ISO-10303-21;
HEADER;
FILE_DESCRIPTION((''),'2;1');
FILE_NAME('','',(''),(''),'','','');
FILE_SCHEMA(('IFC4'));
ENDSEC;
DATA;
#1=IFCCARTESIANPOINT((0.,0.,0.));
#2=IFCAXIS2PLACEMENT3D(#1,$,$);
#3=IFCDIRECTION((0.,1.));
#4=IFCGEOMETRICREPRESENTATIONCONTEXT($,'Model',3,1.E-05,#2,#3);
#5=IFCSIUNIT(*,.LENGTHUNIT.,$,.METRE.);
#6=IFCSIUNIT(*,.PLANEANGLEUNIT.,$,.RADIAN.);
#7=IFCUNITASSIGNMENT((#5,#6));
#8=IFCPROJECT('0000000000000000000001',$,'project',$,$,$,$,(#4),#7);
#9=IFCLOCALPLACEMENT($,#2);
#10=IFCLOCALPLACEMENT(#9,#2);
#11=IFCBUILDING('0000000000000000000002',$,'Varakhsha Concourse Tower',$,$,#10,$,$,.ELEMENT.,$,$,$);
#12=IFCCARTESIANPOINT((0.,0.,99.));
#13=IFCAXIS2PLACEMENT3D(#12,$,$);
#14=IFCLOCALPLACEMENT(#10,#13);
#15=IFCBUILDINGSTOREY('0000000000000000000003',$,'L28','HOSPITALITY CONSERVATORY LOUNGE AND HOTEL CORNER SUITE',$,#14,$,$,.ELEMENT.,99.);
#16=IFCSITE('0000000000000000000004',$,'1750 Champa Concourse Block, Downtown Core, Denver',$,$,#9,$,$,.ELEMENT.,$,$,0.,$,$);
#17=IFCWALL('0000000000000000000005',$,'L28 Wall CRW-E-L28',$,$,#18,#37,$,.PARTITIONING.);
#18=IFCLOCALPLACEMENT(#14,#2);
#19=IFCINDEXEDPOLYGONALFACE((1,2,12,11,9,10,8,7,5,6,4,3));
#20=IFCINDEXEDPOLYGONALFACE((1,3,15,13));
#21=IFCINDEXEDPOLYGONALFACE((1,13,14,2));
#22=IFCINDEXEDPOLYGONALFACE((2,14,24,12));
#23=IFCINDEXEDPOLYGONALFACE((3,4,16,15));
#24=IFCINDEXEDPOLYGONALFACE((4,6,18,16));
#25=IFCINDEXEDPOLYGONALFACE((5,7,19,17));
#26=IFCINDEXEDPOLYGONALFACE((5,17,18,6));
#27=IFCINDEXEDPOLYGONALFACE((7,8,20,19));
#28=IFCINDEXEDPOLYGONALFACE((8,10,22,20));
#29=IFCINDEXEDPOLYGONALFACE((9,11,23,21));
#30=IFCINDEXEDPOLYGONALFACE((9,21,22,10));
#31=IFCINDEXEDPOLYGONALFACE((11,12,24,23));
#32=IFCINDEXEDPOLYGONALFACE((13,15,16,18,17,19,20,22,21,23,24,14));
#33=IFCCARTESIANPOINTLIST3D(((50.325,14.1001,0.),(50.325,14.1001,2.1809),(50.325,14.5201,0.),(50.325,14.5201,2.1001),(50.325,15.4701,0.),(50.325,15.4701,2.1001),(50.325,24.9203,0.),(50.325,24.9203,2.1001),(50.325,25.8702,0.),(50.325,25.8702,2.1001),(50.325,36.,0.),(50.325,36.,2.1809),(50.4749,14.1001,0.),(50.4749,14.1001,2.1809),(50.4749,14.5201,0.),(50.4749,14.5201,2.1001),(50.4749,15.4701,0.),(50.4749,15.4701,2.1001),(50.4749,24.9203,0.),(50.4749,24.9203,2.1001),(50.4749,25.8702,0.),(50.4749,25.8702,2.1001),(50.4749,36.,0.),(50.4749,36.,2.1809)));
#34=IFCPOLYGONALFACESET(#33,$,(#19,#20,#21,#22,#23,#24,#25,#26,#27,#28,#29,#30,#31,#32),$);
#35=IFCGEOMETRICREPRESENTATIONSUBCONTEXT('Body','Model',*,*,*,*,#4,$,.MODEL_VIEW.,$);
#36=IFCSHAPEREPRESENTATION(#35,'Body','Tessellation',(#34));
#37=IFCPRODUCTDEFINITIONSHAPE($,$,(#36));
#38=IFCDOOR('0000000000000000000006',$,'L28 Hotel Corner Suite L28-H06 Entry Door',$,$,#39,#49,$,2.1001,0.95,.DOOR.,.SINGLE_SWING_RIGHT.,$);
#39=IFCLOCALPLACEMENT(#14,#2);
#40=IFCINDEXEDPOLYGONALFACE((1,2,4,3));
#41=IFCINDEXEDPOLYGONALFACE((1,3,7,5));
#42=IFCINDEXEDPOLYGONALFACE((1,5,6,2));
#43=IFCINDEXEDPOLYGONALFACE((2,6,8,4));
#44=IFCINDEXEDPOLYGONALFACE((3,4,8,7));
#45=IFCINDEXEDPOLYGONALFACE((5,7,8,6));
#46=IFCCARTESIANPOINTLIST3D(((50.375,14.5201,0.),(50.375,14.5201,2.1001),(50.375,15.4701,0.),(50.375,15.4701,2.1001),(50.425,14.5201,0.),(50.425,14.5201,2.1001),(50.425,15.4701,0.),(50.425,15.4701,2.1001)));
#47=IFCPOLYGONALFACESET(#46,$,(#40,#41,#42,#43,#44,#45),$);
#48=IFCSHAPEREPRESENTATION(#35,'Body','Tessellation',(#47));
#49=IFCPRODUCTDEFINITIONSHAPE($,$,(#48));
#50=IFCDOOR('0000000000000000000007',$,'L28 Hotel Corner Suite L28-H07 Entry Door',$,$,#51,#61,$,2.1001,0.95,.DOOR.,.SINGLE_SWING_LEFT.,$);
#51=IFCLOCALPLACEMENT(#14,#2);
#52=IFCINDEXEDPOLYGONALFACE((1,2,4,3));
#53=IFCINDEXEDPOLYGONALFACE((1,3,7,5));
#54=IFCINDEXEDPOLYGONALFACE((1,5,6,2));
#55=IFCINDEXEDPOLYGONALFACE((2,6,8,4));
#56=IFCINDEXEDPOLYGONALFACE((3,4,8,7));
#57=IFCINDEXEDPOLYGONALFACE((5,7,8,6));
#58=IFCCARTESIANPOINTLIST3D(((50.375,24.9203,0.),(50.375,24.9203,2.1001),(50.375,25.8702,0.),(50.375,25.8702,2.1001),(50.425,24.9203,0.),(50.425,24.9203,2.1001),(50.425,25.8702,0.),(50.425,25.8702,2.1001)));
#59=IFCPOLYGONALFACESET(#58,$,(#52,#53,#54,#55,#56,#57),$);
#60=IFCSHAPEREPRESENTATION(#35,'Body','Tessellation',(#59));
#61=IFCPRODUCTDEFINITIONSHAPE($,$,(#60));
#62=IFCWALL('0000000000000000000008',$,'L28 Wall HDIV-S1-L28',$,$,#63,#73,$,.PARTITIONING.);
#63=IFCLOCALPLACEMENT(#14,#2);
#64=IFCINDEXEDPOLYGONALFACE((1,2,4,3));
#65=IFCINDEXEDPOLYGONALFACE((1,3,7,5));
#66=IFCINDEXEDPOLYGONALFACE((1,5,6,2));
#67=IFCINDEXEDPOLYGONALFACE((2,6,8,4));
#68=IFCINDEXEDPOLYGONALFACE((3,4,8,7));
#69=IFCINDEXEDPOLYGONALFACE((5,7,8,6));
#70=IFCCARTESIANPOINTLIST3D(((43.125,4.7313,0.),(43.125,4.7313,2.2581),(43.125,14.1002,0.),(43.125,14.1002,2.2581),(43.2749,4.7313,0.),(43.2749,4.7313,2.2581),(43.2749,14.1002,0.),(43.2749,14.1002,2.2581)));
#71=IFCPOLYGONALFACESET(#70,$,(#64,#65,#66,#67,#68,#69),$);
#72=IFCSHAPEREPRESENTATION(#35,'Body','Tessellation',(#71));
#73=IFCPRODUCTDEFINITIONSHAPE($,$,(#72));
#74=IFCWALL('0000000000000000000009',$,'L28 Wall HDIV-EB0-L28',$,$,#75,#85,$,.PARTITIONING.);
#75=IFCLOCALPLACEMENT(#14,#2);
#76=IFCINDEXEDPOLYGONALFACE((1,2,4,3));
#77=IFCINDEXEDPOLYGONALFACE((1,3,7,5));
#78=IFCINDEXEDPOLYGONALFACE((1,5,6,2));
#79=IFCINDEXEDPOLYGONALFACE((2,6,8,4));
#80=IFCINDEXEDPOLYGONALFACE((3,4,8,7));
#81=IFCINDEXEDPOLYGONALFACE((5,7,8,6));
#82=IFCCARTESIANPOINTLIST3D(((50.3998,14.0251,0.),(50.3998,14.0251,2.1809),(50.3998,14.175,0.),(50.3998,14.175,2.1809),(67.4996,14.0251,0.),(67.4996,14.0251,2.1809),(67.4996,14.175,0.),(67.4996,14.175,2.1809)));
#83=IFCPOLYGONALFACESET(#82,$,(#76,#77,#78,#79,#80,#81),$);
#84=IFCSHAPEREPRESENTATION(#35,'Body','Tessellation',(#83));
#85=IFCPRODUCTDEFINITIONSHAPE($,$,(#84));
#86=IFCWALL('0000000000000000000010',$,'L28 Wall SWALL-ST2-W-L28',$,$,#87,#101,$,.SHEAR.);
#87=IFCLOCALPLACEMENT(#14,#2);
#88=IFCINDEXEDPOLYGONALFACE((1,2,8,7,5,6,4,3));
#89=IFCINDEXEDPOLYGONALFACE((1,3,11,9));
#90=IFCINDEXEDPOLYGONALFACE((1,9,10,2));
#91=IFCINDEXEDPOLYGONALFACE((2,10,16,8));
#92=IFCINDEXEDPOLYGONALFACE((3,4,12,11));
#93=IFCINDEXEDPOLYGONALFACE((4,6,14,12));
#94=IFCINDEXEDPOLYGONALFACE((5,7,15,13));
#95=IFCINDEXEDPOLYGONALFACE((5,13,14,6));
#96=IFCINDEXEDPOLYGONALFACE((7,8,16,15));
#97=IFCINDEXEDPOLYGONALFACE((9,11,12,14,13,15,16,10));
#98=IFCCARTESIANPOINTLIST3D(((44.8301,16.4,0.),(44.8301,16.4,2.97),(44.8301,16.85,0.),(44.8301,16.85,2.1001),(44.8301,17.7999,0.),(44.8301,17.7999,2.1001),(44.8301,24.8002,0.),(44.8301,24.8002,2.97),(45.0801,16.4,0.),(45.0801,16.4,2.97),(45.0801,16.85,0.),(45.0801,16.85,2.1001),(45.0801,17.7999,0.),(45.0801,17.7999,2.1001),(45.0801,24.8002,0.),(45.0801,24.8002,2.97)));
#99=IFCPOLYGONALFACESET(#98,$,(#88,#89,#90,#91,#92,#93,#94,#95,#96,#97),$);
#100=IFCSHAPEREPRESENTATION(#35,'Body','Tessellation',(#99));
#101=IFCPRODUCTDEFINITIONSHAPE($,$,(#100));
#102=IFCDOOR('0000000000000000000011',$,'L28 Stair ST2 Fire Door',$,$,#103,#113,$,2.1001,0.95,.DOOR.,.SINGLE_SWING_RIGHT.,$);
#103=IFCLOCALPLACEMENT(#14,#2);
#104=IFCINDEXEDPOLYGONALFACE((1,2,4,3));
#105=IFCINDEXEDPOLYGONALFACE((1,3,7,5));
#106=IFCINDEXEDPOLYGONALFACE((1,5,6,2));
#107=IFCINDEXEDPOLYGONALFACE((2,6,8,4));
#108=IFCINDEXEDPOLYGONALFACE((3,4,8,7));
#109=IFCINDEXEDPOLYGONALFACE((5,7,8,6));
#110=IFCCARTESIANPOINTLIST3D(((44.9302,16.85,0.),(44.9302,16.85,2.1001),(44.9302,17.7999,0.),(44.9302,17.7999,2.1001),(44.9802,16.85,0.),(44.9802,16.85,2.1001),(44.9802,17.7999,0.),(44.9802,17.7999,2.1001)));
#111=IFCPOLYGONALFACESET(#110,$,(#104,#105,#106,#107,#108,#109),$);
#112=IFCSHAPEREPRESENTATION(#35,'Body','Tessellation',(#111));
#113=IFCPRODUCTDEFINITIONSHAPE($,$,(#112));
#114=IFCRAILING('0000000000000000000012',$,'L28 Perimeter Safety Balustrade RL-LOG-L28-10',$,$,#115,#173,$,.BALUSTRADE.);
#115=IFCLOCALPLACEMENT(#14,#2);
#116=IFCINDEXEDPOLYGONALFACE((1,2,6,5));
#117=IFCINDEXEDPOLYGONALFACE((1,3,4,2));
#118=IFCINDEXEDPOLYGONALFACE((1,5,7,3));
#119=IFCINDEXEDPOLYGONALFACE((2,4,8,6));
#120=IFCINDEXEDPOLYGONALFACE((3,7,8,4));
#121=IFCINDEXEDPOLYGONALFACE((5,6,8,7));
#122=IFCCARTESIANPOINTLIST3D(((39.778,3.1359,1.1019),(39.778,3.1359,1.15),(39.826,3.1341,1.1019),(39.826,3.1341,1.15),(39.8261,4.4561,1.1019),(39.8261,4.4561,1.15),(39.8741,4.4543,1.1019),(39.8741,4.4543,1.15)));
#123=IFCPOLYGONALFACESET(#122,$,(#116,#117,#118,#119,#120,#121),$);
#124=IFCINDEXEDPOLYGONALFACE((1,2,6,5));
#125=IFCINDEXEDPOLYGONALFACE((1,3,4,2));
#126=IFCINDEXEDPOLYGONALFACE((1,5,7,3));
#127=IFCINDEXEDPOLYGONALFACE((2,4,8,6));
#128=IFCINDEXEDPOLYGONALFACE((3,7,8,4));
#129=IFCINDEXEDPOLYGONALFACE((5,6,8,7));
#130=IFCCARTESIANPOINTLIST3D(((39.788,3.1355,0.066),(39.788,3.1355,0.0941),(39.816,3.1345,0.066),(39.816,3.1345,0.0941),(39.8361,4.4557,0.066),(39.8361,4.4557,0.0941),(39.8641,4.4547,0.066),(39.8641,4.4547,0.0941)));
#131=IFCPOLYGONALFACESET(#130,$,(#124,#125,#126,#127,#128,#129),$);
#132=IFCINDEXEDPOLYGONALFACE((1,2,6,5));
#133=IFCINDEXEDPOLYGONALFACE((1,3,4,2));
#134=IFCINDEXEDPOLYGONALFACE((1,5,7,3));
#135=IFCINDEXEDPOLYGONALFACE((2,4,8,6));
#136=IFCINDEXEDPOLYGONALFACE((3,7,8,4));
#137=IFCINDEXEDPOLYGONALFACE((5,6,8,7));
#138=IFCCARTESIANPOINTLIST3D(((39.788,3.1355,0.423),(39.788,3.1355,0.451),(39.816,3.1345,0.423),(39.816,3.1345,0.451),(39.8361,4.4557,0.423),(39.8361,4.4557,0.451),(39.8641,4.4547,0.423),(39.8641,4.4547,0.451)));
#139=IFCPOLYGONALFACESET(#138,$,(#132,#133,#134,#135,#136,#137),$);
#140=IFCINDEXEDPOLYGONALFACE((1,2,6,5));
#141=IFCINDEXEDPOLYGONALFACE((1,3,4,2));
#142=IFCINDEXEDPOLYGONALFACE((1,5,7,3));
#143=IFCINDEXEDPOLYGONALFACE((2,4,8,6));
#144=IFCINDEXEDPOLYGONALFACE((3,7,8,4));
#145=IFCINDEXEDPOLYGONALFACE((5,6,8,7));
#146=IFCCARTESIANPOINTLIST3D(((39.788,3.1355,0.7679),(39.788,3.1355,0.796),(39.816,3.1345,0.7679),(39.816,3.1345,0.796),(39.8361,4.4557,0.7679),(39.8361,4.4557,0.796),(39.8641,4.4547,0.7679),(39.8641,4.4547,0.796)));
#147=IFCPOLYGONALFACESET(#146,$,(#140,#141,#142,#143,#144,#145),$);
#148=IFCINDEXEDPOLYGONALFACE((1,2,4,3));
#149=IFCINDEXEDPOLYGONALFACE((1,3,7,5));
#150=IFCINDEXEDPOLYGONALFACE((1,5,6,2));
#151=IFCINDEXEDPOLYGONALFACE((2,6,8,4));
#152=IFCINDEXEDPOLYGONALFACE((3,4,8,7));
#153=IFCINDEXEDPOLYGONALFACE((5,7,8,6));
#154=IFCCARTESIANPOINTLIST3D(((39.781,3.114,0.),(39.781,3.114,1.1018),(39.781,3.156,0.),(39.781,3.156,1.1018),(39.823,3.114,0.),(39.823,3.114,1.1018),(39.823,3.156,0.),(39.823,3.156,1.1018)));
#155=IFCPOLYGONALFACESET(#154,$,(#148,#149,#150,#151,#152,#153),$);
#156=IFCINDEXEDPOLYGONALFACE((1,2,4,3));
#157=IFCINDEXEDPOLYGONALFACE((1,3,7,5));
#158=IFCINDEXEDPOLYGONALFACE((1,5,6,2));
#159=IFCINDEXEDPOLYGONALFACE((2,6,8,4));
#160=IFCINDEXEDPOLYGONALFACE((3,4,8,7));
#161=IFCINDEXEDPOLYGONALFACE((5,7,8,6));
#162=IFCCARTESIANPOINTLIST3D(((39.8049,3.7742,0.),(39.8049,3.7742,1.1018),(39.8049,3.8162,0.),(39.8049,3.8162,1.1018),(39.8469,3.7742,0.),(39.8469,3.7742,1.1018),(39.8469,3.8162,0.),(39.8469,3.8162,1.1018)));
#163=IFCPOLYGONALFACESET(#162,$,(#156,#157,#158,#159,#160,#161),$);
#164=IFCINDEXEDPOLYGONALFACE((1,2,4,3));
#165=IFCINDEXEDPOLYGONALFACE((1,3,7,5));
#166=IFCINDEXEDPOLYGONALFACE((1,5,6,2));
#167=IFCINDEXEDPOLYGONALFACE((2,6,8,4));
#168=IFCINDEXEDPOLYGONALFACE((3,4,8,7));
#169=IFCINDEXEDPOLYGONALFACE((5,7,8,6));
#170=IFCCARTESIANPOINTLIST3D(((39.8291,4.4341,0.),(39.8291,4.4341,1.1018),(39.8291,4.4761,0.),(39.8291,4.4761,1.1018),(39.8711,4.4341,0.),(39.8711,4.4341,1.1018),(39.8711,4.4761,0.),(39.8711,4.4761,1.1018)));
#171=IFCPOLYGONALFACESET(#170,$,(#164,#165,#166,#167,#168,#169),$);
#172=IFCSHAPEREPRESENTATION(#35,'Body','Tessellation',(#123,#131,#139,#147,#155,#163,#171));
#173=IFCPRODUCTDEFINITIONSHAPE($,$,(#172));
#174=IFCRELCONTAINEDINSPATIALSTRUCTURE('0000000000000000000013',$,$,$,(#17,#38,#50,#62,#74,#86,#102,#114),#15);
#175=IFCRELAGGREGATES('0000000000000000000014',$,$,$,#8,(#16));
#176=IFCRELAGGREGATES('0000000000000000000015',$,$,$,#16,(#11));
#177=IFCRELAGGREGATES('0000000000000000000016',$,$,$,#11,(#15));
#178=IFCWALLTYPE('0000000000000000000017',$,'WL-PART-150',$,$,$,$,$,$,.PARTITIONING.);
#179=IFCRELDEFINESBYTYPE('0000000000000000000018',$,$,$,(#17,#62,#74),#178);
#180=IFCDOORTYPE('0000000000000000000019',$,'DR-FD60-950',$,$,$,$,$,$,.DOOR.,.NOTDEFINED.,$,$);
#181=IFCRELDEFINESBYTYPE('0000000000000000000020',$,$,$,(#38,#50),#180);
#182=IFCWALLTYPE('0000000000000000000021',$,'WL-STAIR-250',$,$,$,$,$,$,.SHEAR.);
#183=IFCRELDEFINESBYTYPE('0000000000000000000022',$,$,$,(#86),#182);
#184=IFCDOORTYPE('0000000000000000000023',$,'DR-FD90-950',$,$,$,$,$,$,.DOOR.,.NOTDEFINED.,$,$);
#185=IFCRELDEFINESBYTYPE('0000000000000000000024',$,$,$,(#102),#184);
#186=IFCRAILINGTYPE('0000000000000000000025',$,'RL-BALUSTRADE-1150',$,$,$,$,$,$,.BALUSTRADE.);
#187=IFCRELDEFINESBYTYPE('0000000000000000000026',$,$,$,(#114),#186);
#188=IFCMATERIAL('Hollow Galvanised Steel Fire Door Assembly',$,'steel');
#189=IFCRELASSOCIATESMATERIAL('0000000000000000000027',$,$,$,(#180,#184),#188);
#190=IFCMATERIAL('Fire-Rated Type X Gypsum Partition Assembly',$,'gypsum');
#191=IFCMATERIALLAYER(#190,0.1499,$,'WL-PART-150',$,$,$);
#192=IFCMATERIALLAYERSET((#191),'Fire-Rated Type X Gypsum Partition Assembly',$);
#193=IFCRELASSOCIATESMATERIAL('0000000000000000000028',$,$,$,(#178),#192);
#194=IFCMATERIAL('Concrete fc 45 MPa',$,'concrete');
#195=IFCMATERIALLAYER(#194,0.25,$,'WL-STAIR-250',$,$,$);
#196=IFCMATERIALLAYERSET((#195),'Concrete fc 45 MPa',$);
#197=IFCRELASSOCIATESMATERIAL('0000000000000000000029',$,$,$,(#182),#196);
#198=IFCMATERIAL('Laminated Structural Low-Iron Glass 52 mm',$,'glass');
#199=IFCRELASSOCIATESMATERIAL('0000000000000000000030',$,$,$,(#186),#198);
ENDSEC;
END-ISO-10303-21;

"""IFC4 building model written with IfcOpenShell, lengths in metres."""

from ifc_helpers import new_model, si_unit, direction, frame, frame_2d, origin, origin_2d, place, context, subcontext, project, spatial, rectangle, extrude, material, layer, layer_set, type_object, element, fill, save


model = new_model("IFC4")

# Units and contexts
model_context = context("Model", 3, precision=1e-05, world=origin(), true_north=direction((0.0, 1.0)))
body_context = subcontext(model_context, "Body", "Model", "MODEL_VIEW")
ifc_project = project(units=[si_unit("LENGTHUNIT", "METRE"), si_unit("PLANEANGLEUNIT", "RADIAN")], contexts=[model_context])

# Site, building, storey
site_placement = place(None, origin())
site = spatial("IfcSite", under=ifc_project, at=site_placement, Name="1750 Champa Concourse Block, Downtown Core, Denver", CompositionType="ELEMENT", RefElevation=0.0)
building_placement = place(site_placement, origin())
building = spatial("IfcBuilding", under=site, at=building_placement, Name="Varakhsha Concourse Tower", CompositionType="ELEMENT")
storey_placement = place(building_placement, frame((0.0, 0.0, 99.0)))
storey = spatial("IfcBuildingStorey", under=building, at=storey_placement, Name="L28", Description="HOSPITALITY CONSERVATORY LOUNGE AND HOTEL CORNER SUITE", CompositionType="ELEMENT", Elevation=99.0)

# Shared definitions
ifc_material_1 = material(Name="Concrete fc 45 MPa", Category="concrete")

# Shared definitions
ifc_material_2 = material(Name="Fire-Rated Type X Gypsum Partition Assembly", Category="gypsum")
ifc_material_3 = material(Name="Hollow Galvanised Steel Fire Door Assembly", Category="steel")
door_type_1 = type_object("IfcDoorType", Name="DR-FD60-950", OperationType="NOTDEFINED", PredefinedType="DOOR", material=ifc_material_3)

# Shared definitions
ifc_layer_1 = layer(ifc_material_2, 0.1499, Name="WL-PART-150")
ifc_layer_set_1 = layer_set([ifc_layer_1], Name="Fire-Rated Type X Gypsum Partition Assembly")
wall_type_1 = type_object("IfcWallType", Name="WL-PART-150", PredefinedType="PARTITIONING", material=ifc_layer_set_1)

# Wall, openings, doors
wall_1_placement = place(storey_placement, frame((50.3999, 14.1001, 0.0), z_axis=(0.0, 0.0, 1.0), x_axis=(0.0, 1.0, 0.0)))
wall_1 = element("IfcWall", 1, at=wall_1_placement, inside=storey, type_object=wall_type_1, Name="L28 Wall CRW-E-L28", PredefinedType="PARTITIONING", context=body_context, shape_type="SweptSolid", body=[
    extrude(rectangle(XDim=21.8999, YDim=0.1499, at=frame_2d((10.95, 0.0))), origin(), (0.0, 0.0, 1.0), 2.1809),
])
opening_1_placement = place(wall_1_placement, frame((0.4199, 0.0, 0.0)))
opening_1 = element("IfcOpeningElement", 2, at=opening_1_placement, cuts=wall_1, PredefinedType="OPENING", context=body_context, shape_type="SweptSolid", body=[
    extrude(rectangle(XDim=0.95, YDim=2.1001, at=frame_2d((0.4751, 1.05))), frame((0.0, 0.085, 0.0), z_axis=(0.0, -1.0, 0.0), x_axis=(1.0, 0.0, 0.0)), (0.0, 0.0, 1.0), 0.1699),
])
opening_2_placement = place(wall_1_placement, frame((10.8201, 0.0, 0.0)))
opening_2 = element("IfcOpeningElement", 3, at=opening_2_placement, cuts=wall_1, PredefinedType="OPENING", context=body_context, shape_type="SweptSolid", body=[
    extrude(rectangle(XDim=0.95, YDim=2.1001, at=frame_2d((0.4751, 1.05))), frame((0.0, 0.085, 0.0), z_axis=(0.0, -1.0, 0.0), x_axis=(1.0, 0.0, 0.0)), (0.0, 0.0, 1.0), 0.1699),
])
door_1_placement = place(opening_1_placement, origin())
door_1 = element("IfcDoor", 4, at=door_1_placement, inside=storey, type_object=door_type_1, Name="L28 Hotel Corner Suite L28-H06 Entry Door", OperationType="SINGLE_SWING_RIGHT", OverallHeight=2.1001, OverallWidth=0.95, PredefinedType="DOOR", context=body_context, shape_type="SweptSolid", body=[
    extrude(rectangle(XDim=0.95, YDim=2.1001, at=frame_2d((0.4751, 1.05))), frame((0.0, 0.0249, 0.0), z_axis=(0.0, -1.0, 0.0), x_axis=(1.0, 0.0, 0.0)), (0.0, 0.0, 1.0), 0.05),
])
fill(opening_1, door_1)
door_2_placement = place(opening_2_placement, origin())
door_2 = element("IfcDoor", 5, at=door_2_placement, inside=storey, type_object=door_type_1, Name="L28 Hotel Corner Suite L28-H07 Entry Door", OperationType="SINGLE_SWING_LEFT", OverallHeight=2.1001, OverallWidth=0.95, PredefinedType="DOOR", context=body_context, shape_type="SweptSolid", body=[
    extrude(rectangle(XDim=0.95, YDim=2.1001, at=frame_2d((0.4751, 1.05))), frame((0.0, 0.0249, 0.0), z_axis=(0.0, -1.0, 0.0), x_axis=(1.0, 0.0, 0.0)), (0.0, 0.0, 1.0), 0.05),
])
fill(opening_2, door_2)

# Walls
wall_2_placement = place(storey_placement, frame((43.2, 4.7312, 0.0), z_axis=(0.0, 0.0, 1.0), x_axis=(0.0, 1.0, 0.0)))
element("IfcWall", 6, at=wall_2_placement, inside=storey, type_object=wall_type_1, Name="L28 Wall HDIV-S1-L28", PredefinedType="PARTITIONING", context=body_context, shape_type="SweptSolid", body=[
    extrude(rectangle(XDim=9.3689, YDim=0.1499, at=frame_2d((4.6846, 0.0))), origin(), (0.0, 0.0, 1.0), 2.2581),
])
wall_3_placement = place(storey_placement, frame((50.3999, 14.1001, 0.0), z_axis=(0.0, 0.0, 1.0), x_axis=(1.0, 0.0, 0.0)))
element("IfcWall", 7, at=wall_3_placement, inside=storey, type_object=wall_type_1, Name="L28 Wall HDIV-EB0-L28", PredefinedType="PARTITIONING", context=body_context, shape_type="SweptSolid", body=[
    extrude(rectangle(XDim=17.0999, YDim=0.1499, at=frame_2d((8.5498, 0.0))), origin(), (0.0, 0.0, 1.0), 2.1809),
])

# Wall, opening, door
ifc_layer_2 = layer(ifc_material_1, 0.25, Name="WL-STAIR-250")
ifc_layer_set_2 = layer_set([ifc_layer_2], Name="Concrete fc 45 MPa")
wall_type_2 = type_object("IfcWallType", Name="WL-STAIR-250", PredefinedType="SHEAR", material=ifc_layer_set_2)
wall_4_placement = place(storey_placement, frame((44.9551, 16.3999, 0.0), z_axis=(0.0, 0.0, 1.0), x_axis=(0.0, 1.0, 0.0)))
wall_4 = element("IfcWall", 8, at=wall_4_placement, inside=storey, type_object=wall_type_2, Name="L28 Wall SWALL-ST2-W-L28", PredefinedType="SHEAR", context=body_context, shape_type="SweptSolid", body=[
    extrude(rectangle(XDim=8.4001, YDim=0.25, at=frame_2d((4.2002, 0.0))), origin(), (0.0, 0.0, 1.0), 2.97),
])
opening_3_placement = place(wall_4_placement, frame((0.45, 0.0, 0.0)))
opening_3 = element("IfcOpeningElement", 9, at=opening_3_placement, cuts=wall_4, PredefinedType="OPENING", context=body_context, shape_type="SweptSolid", body=[
    extrude(rectangle(XDim=0.95, YDim=2.1001, at=frame_2d((0.4751, 1.05))), frame((0.0, 0.135, 0.0), z_axis=(0.0, -1.0, 0.0), x_axis=(1.0, 0.0, 0.0)), (0.0, 0.0, 1.0), 0.27),
])
door_type_2 = type_object("IfcDoorType", Name="DR-FD90-950", OperationType="NOTDEFINED", PredefinedType="DOOR", material=ifc_material_3)
door_3_placement = place(opening_3_placement, origin())
door_3 = element("IfcDoor", 10, at=door_3_placement, inside=storey, type_object=door_type_2, Name="L28 Stair ST2 Fire Door", OperationType="SINGLE_SWING_RIGHT", OverallHeight=2.1001, OverallWidth=0.95, PredefinedType="DOOR", context=body_context, shape_type="SweptSolid", body=[
    extrude(rectangle(XDim=0.95, YDim=2.1001, at=frame_2d((0.4751, 1.05))), frame((0.0, 0.0249, 0.0), z_axis=(0.0, -1.0, 0.0), x_axis=(1.0, 0.0, 0.0)), (0.0, 0.0, 1.0), 0.05),
])
fill(opening_3, door_3)

# Railing
ifc_material_4 = material(Name="Laminated Structural Low-Iron Glass 52 mm", Category="glass")
railing_type = type_object("IfcRailingType", Name="RL-BALUSTRADE-1150", PredefinedType="BALUSTRADE", material=ifc_material_4)
railing_placement = place(storey_placement, frame((39.802, 3.135, 0.0)))
element("IfcRailing", 11, at=railing_placement, inside=storey, type_object=railing_type, Name="L28 Perimeter Safety Balustrade RL-LOG-L28-10", PredefinedType="BALUSTRADE", context=body_context, shape_type="SweptSolid", body=[
    extrude(rectangle(XDim=0.0481, YDim=0.0481, at=origin_2d()), frame((0.0, 0.0, 1.126), z_axis=(0.03641, 0.999337, 0.0), x_axis=(-0.999337, 0.03641, 0.0)), (0.0, 0.0, 1.0), 1.321),
    extrude(rectangle(XDim=0.0281, YDim=0.0281, at=origin_2d()), frame((0.0, 0.0, 0.0801), z_axis=(0.03641, 0.999337, 0.0), x_axis=(-0.999337, 0.03641, 0.0)), (0.0, 0.0, 1.0), 1.321),
    extrude(rectangle(XDim=0.0281, YDim=0.0281, at=origin_2d()), frame((0.0, 0.0, 0.437), z_axis=(0.03641, 0.999337, 0.0), x_axis=(-0.999337, 0.03641, 0.0)), (0.0, 0.0, 1.0), 1.321),
    extrude(rectangle(XDim=0.0281, YDim=0.0281, at=origin_2d()), frame((0.0, 0.0, 0.782), z_axis=(0.03641, 0.999337, 0.0), x_axis=(-0.999337, 0.03641, 0.0)), (0.0, 0.0, 1.0), 1.321),
    extrude(rectangle(XDim=0.042, YDim=0.042, at=origin_2d()), origin(), (0.0, 0.0, 1.0), 1.1018),
    extrude(rectangle(XDim=0.042, YDim=0.042, at=origin_2d()), frame((0.0239, 0.6602, 0.0)), (0.0, 0.0, 1.0), 1.1018),
    extrude(rectangle(XDim=0.042, YDim=0.042, at=origin_2d()), frame((0.0481, 1.3201, 0.0)), (0.0, 0.0, 1.0), 1.1018),
])

save(model, "model.ifc")
